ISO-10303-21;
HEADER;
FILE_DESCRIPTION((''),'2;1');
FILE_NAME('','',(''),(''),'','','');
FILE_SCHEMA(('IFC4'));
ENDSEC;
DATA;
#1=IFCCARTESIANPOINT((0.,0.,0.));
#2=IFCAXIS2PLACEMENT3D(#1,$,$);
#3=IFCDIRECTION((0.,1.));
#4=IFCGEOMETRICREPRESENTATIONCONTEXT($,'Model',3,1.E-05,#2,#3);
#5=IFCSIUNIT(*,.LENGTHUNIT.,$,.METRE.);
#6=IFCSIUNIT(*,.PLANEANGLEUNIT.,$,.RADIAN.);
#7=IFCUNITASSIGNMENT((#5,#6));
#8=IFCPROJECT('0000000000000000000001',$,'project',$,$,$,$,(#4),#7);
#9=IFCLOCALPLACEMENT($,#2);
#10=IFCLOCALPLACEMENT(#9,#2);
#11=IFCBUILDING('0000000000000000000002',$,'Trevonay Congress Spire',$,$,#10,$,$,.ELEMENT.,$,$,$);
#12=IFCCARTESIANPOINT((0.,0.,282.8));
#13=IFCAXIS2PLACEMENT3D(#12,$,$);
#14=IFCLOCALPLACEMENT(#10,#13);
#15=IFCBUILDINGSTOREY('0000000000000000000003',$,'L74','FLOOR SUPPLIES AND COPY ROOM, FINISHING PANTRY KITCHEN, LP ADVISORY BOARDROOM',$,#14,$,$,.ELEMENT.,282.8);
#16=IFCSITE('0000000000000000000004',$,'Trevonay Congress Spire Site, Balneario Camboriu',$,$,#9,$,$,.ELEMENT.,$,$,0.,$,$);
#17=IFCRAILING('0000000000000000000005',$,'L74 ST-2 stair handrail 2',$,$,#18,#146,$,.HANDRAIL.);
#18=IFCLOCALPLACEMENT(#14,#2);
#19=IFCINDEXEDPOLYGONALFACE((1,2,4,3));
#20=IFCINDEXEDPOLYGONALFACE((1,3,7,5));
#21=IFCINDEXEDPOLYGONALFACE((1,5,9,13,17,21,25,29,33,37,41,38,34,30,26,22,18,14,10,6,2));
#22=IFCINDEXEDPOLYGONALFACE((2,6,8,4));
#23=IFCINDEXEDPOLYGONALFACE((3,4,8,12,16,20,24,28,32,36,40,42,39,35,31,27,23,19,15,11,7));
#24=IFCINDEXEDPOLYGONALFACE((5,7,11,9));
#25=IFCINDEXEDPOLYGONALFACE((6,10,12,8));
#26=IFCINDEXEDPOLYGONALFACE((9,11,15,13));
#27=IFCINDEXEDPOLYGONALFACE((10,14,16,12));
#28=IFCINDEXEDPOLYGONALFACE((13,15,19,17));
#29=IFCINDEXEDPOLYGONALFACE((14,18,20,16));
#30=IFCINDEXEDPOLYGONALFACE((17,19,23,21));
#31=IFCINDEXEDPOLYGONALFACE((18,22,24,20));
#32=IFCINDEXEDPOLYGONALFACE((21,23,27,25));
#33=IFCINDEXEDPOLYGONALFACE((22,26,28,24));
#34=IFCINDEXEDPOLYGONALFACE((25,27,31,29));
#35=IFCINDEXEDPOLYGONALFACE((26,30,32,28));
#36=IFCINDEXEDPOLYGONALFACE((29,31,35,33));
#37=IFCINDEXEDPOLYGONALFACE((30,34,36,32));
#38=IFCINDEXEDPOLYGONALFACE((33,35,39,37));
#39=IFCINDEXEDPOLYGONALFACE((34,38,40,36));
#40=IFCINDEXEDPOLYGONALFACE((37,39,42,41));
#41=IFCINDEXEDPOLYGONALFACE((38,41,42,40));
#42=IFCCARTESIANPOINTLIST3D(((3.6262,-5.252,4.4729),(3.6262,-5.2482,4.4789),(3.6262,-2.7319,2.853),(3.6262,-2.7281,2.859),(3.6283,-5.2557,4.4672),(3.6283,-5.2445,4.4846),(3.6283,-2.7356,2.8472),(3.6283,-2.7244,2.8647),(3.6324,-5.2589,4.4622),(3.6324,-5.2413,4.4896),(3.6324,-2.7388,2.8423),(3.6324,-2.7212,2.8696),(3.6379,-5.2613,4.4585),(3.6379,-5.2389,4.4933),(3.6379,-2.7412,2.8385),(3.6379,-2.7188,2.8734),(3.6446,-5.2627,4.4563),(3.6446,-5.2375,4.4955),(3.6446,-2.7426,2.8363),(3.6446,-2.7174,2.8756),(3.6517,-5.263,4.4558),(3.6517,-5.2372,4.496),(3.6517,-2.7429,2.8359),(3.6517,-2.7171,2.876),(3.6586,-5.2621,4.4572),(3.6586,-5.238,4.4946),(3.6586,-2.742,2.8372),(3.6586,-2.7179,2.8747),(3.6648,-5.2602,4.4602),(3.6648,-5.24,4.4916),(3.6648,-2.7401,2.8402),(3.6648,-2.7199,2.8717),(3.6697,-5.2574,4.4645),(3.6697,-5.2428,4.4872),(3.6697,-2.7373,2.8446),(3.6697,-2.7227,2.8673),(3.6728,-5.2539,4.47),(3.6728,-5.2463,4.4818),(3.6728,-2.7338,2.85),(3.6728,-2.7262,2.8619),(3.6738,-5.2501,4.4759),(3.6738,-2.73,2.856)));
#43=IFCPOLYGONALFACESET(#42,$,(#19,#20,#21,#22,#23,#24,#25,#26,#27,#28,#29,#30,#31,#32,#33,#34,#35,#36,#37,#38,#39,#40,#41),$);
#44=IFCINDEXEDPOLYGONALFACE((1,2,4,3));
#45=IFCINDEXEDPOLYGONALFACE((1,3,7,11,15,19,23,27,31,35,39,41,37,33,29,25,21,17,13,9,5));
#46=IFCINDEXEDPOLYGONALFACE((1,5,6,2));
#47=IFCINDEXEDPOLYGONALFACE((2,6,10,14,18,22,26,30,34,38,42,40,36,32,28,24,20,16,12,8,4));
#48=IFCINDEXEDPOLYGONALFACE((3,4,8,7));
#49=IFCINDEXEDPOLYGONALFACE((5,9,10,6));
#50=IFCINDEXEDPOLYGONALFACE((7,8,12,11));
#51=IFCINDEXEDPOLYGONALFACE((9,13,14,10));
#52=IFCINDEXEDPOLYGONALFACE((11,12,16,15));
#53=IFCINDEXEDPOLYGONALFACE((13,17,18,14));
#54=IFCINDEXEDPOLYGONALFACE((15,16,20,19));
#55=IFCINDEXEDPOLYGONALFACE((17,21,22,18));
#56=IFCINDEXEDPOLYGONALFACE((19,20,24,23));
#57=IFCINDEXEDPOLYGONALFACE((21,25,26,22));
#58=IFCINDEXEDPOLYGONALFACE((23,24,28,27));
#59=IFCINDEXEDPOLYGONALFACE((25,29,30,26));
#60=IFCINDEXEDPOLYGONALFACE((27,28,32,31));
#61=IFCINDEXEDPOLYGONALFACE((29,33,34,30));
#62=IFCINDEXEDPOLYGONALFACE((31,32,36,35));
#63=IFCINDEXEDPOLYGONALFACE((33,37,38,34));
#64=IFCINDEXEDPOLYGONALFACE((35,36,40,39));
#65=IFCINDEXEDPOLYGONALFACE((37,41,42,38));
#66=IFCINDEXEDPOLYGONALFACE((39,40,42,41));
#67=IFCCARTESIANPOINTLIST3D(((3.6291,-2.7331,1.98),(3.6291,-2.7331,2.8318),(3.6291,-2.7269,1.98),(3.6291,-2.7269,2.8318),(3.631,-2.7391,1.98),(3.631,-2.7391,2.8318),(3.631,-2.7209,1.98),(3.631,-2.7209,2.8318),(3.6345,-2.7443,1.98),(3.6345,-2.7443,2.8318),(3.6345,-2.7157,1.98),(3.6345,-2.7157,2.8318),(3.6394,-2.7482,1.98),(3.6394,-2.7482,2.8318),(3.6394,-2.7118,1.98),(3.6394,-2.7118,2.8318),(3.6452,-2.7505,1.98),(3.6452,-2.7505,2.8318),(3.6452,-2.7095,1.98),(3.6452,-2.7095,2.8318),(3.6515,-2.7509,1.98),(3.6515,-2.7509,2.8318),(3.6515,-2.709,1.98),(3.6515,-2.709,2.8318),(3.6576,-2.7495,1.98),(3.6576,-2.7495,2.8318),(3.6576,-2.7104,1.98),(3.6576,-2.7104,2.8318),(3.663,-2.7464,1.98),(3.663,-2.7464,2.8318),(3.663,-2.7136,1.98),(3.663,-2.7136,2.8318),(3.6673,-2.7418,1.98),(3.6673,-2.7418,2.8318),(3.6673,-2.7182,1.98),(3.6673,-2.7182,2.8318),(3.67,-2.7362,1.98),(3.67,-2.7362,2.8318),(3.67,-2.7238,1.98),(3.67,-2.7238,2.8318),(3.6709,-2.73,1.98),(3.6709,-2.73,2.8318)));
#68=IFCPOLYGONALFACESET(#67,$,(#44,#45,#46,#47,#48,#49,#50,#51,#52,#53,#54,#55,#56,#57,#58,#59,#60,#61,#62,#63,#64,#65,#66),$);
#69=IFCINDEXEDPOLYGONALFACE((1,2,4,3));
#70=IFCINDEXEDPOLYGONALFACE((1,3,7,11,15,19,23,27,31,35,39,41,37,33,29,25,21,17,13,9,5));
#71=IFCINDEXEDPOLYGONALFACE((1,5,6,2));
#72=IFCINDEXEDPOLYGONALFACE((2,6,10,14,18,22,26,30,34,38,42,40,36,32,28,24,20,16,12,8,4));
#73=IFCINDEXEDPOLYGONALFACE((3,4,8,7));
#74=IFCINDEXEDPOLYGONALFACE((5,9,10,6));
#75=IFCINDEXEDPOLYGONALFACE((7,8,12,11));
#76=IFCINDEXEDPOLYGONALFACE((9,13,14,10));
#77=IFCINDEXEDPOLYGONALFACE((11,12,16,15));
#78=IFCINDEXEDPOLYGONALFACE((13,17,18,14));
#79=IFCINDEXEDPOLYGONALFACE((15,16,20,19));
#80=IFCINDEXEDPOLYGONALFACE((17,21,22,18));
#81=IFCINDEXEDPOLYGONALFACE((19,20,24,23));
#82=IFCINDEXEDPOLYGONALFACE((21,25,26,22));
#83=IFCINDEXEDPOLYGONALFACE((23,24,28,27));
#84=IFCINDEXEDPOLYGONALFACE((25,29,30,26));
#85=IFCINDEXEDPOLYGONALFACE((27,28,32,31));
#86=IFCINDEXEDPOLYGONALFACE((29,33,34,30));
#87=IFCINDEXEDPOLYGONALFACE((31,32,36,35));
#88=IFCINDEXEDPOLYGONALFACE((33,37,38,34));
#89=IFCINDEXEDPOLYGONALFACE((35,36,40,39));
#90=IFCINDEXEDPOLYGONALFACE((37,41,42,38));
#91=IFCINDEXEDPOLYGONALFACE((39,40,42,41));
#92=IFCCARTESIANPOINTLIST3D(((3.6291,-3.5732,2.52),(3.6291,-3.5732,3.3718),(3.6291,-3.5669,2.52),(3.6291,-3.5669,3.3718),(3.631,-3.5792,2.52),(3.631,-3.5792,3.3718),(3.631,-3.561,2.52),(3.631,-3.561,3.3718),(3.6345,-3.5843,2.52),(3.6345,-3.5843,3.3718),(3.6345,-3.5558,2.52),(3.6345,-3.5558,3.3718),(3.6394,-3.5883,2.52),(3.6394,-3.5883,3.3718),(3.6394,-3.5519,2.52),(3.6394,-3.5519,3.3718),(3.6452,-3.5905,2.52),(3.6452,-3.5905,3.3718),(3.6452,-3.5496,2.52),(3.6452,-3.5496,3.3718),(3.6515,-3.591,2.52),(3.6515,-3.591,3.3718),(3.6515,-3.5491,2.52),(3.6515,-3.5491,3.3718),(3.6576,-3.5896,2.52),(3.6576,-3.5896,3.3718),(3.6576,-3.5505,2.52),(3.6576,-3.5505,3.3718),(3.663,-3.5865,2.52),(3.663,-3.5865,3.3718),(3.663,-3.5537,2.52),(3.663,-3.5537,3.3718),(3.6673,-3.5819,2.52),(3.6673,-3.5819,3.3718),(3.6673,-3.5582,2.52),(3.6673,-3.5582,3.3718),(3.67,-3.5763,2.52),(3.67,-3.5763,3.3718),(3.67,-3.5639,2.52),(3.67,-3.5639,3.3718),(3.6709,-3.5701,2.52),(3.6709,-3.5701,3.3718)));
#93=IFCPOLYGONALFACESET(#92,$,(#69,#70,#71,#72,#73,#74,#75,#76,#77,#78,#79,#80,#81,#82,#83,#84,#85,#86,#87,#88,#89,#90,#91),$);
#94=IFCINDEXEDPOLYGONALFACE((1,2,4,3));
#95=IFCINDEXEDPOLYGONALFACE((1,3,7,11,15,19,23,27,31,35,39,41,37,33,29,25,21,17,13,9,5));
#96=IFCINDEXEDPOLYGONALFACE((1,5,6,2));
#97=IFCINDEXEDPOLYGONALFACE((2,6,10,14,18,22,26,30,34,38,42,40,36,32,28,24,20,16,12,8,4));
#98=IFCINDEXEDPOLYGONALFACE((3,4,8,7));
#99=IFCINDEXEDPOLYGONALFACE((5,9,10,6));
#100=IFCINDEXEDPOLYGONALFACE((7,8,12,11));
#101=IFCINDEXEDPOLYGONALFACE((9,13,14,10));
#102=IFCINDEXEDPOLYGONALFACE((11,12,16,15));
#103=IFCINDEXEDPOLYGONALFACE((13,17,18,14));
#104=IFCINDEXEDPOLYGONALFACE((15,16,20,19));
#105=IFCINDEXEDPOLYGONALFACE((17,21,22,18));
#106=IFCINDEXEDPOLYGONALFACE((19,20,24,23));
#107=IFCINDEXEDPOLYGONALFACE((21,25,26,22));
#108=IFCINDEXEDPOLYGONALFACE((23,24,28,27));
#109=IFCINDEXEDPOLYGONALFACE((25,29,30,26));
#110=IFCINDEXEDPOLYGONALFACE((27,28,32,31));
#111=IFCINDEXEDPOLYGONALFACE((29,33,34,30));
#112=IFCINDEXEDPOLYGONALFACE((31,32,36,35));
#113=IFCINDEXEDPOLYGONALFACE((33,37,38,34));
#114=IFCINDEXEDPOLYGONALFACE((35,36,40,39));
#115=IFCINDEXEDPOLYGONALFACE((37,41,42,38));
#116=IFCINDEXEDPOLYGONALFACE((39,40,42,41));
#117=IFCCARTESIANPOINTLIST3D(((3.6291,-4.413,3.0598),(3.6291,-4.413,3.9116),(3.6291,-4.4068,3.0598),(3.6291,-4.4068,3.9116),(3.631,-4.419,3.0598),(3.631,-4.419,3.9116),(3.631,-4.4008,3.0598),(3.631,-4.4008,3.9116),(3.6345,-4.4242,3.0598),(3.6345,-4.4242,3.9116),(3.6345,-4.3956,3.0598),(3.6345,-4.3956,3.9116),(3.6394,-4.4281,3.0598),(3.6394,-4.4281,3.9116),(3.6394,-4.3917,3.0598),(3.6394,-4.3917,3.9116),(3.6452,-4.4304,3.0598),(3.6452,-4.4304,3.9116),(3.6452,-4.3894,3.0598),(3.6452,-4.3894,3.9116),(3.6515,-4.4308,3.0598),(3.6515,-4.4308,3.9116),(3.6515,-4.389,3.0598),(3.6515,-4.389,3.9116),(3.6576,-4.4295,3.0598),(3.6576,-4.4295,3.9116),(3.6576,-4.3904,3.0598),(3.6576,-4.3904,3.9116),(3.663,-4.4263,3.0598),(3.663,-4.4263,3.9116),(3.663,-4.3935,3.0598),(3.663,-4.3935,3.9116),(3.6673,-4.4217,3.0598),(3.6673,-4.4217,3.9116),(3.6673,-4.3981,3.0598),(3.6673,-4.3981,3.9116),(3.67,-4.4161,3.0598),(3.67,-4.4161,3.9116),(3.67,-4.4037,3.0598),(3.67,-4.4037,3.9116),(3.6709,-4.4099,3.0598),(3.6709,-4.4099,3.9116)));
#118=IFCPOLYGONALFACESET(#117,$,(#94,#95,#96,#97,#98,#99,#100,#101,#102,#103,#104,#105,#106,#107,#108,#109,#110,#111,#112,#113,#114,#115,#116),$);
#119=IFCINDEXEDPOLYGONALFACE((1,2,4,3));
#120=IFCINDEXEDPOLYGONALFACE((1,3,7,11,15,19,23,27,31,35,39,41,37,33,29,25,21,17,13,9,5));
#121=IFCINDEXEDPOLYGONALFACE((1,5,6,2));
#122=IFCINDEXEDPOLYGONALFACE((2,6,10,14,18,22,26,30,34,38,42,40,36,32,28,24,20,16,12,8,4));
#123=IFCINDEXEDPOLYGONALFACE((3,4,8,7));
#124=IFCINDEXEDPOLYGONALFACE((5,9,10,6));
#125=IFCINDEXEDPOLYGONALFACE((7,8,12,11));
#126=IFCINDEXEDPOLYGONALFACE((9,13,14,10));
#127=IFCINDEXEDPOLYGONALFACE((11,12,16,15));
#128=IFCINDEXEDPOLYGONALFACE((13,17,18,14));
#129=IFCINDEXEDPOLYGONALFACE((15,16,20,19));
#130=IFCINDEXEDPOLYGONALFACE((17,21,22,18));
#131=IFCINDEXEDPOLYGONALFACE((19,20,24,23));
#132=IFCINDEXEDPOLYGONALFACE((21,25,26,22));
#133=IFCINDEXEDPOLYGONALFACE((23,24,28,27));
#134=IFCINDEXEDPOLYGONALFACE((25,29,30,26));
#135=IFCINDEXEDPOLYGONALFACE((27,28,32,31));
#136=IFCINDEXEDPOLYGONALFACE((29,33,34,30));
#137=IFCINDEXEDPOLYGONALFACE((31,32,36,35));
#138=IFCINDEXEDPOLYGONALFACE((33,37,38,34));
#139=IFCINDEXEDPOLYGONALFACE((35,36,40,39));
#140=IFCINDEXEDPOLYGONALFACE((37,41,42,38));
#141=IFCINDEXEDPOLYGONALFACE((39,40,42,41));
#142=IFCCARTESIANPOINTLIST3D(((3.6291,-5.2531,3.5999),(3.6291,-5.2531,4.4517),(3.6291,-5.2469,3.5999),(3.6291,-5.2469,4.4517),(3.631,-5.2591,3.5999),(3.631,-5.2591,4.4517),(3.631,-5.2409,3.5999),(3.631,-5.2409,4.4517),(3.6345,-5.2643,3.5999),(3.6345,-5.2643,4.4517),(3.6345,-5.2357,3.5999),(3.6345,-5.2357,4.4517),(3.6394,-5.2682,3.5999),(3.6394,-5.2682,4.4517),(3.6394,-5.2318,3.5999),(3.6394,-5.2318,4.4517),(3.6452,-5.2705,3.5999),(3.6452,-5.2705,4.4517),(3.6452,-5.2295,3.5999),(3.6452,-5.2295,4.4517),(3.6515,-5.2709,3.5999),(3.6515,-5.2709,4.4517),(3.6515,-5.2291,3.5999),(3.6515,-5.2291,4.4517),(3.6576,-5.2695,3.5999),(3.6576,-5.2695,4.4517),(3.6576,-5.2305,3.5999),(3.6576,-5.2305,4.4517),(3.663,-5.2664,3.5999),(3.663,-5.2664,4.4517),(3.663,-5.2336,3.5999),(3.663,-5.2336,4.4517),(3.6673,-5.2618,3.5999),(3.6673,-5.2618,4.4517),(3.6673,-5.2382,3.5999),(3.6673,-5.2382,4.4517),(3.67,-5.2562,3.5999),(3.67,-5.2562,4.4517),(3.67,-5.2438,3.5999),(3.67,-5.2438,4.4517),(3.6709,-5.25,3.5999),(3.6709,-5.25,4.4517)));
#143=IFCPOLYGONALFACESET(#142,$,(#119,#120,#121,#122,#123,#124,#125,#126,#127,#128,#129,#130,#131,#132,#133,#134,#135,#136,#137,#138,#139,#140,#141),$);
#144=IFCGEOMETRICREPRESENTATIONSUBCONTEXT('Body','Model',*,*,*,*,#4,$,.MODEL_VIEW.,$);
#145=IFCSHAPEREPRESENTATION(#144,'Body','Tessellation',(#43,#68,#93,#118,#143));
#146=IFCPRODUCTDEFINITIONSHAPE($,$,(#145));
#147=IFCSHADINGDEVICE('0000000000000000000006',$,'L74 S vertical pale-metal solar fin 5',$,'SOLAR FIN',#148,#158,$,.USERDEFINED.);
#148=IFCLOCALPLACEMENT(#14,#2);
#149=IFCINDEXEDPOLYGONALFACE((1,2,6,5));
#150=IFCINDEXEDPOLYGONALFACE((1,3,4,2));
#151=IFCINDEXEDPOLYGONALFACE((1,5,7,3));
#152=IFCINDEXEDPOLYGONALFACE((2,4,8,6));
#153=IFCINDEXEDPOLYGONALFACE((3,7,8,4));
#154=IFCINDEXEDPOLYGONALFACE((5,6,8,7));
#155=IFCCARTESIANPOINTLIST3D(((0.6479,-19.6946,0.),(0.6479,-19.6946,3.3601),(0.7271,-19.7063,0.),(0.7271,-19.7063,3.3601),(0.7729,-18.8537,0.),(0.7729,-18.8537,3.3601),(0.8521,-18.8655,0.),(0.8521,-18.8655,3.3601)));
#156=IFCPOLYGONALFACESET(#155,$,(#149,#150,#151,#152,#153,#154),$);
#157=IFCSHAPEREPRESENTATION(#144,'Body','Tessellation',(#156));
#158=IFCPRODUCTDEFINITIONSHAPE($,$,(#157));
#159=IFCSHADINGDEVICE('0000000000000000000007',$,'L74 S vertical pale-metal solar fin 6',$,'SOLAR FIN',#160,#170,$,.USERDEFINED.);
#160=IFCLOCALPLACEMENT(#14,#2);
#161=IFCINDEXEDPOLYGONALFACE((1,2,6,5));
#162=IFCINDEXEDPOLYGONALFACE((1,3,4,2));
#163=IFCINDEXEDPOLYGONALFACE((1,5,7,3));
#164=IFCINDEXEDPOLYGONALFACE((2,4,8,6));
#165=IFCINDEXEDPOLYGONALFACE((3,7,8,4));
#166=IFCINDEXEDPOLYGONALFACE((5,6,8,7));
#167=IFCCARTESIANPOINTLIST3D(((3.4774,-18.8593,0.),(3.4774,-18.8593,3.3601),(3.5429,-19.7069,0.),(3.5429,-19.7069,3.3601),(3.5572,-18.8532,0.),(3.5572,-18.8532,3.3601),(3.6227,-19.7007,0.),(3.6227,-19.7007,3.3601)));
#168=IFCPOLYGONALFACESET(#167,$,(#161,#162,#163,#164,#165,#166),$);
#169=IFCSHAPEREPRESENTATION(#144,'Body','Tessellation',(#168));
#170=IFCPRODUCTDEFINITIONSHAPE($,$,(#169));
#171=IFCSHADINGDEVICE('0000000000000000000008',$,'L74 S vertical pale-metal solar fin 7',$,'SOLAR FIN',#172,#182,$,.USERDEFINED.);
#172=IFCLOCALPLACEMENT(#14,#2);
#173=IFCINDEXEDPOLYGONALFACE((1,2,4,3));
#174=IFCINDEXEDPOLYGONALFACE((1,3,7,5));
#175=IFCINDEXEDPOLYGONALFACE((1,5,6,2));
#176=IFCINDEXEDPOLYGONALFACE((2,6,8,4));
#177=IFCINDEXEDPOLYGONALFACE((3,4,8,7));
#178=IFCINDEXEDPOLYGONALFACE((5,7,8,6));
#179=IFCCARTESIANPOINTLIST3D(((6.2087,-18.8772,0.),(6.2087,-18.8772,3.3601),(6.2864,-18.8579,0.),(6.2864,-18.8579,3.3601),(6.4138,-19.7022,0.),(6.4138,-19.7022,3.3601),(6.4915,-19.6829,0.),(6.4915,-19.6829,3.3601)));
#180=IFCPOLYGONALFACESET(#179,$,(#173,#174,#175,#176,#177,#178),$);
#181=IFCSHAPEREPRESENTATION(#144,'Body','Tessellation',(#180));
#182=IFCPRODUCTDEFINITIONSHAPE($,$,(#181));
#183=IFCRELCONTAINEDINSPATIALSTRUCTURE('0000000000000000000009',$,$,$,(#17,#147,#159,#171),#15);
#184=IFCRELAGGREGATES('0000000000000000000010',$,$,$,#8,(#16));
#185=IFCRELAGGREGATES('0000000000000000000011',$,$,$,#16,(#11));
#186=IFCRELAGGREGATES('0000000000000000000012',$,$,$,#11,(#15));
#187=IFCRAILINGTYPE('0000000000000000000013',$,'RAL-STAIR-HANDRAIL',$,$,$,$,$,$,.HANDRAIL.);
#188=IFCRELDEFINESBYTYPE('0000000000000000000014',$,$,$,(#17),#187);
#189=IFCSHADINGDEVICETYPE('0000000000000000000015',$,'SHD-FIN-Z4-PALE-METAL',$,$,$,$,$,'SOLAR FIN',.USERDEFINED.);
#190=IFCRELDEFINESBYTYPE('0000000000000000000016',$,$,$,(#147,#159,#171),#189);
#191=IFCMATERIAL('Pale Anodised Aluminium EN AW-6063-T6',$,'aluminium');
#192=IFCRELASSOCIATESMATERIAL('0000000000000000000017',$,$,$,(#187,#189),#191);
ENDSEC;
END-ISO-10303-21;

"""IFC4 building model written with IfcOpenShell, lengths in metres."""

from ifc_helpers import new_model, si_unit, direction, frame, origin, origin_2d, place, context, subcontext, project, spatial, rectangle, circle, extrude, material, type_object, element, save


model = new_model("IFC4")

# Units and contexts
model_context = context("Model", 3, precision=1e-05, world=origin(), true_north=direction((0.0, 1.0)))
body_context = subcontext(model_context, "Body", "Model", "MODEL_VIEW")
ifc_project = project(units=[si_unit("LENGTHUNIT", "METRE"), si_unit("PLANEANGLEUNIT", "RADIAN")], contexts=[model_context])

# Site, building, storey
site_placement = place(None, origin())
site = spatial("IfcSite", under=ifc_project, at=site_placement, Name="Trevonay Congress Spire Site, Balneario Camboriu", CompositionType="ELEMENT", RefElevation=0.0)
building_placement = place(site_placement, origin())
building = spatial("IfcBuilding", under=site, at=building_placement, Name="Trevonay Congress Spire", CompositionType="ELEMENT")
storey_placement = place(building_placement, frame((0.0, 0.0, 282.8)))
storey = spatial("IfcBuildingStorey", under=building, at=storey_placement, Name="L74", Description="FLOOR SUPPLIES AND COPY ROOM, FINISHING PANTRY KITCHEN, LP ADVISORY BOARDROOM", CompositionType="ELEMENT", Elevation=282.8)

# Shared definitions
ifc_material_1 = material(Name="Pale Anodised Aluminium EN AW-6063-T6", Category="aluminium")

# Railing
railing_type_1 = type_object("IfcRailingType", Name="RAL-STAIR-HANDRAIL", PredefinedType="HANDRAIL", material=ifc_material_1)
railing_1_placement = place(storey_placement, frame((3.6499, -2.73, 1.98)))
element("IfcRailing", 1, at=railing_1_placement, inside=storey, type_object=railing_type_1, Name="L74 ST-2 stair handrail 2", PredefinedType="HANDRAIL", context=body_context, shape_type="SweptSolid", body=[
    extrude(circle(Radius=0.0239, at=origin_2d()), frame((0.0, 0.0, 0.876), z_axis=(0.0, -0.8412, 0.540725), x_axis=(1.0, 0.0, 0.0)), (0.0, 0.0, 1.0), 2.9958),
    extrude(circle(Radius=0.021, at=origin_2d()), origin(), (0.0, 0.0, 1.0), 0.8518),
    extrude(circle(Radius=0.021, at=origin_2d()), frame((0.0, -0.8401, 0.54)), (0.0, 0.0, 1.0), 0.8518),
    extrude(circle(Radius=0.021, at=origin_2d()), frame((0.0, -1.6799, 1.0798)), (0.0, 0.0, 1.0), 0.8518),
    extrude(circle(Radius=0.021, at=origin_2d()), frame((0.0, -2.52, 1.6199)), (0.0, 0.0, 1.0), 0.8518),
])

# Shading devices
shading_device_type = type_object("IfcShadingDeviceType", Name="SHD-FIN-Z4-PALE-METAL", ElementType="SOLAR FIN", PredefinedType="USERDEFINED", material=ifc_material_1)
for number, where, z_axis, x_axis, name in (
    (2, (0.75, -19.28, 0.0), (0.0, 0.0, 1.0), (0.989144, -0.146946, 0.0), "L74 S vertical pale-metal solar fin 5"),
    (3, (3.55, -19.28, 0.0), (0.0, 0.0, 1.0), (0.997026, 0.077067, 0.0), "L74 S vertical pale-metal solar fin 6"),
    (4, (6.3501, -19.28, 0.0), (0.0, 0.0, 1.0), (0.970464, 0.241244, 0.0), "L74 S vertical pale-metal solar fin 7"),
):
    element("IfcShadingDevice", number, at=place(storey_placement, frame(where, z_axis=z_axis, x_axis=x_axis)), inside=storey, type_object=shading_device_type, Name=name, ObjectType="SOLAR FIN", PredefinedType="USERDEFINED", context=body_context, shape_type="SweptSolid", body=[
        extrude(rectangle(XDim=0.0801, YDim=0.8501, at=origin_2d()), origin(), (0.0, 0.0, 1.0), 3.3601),
    ])

save(model, "model.ifc")
